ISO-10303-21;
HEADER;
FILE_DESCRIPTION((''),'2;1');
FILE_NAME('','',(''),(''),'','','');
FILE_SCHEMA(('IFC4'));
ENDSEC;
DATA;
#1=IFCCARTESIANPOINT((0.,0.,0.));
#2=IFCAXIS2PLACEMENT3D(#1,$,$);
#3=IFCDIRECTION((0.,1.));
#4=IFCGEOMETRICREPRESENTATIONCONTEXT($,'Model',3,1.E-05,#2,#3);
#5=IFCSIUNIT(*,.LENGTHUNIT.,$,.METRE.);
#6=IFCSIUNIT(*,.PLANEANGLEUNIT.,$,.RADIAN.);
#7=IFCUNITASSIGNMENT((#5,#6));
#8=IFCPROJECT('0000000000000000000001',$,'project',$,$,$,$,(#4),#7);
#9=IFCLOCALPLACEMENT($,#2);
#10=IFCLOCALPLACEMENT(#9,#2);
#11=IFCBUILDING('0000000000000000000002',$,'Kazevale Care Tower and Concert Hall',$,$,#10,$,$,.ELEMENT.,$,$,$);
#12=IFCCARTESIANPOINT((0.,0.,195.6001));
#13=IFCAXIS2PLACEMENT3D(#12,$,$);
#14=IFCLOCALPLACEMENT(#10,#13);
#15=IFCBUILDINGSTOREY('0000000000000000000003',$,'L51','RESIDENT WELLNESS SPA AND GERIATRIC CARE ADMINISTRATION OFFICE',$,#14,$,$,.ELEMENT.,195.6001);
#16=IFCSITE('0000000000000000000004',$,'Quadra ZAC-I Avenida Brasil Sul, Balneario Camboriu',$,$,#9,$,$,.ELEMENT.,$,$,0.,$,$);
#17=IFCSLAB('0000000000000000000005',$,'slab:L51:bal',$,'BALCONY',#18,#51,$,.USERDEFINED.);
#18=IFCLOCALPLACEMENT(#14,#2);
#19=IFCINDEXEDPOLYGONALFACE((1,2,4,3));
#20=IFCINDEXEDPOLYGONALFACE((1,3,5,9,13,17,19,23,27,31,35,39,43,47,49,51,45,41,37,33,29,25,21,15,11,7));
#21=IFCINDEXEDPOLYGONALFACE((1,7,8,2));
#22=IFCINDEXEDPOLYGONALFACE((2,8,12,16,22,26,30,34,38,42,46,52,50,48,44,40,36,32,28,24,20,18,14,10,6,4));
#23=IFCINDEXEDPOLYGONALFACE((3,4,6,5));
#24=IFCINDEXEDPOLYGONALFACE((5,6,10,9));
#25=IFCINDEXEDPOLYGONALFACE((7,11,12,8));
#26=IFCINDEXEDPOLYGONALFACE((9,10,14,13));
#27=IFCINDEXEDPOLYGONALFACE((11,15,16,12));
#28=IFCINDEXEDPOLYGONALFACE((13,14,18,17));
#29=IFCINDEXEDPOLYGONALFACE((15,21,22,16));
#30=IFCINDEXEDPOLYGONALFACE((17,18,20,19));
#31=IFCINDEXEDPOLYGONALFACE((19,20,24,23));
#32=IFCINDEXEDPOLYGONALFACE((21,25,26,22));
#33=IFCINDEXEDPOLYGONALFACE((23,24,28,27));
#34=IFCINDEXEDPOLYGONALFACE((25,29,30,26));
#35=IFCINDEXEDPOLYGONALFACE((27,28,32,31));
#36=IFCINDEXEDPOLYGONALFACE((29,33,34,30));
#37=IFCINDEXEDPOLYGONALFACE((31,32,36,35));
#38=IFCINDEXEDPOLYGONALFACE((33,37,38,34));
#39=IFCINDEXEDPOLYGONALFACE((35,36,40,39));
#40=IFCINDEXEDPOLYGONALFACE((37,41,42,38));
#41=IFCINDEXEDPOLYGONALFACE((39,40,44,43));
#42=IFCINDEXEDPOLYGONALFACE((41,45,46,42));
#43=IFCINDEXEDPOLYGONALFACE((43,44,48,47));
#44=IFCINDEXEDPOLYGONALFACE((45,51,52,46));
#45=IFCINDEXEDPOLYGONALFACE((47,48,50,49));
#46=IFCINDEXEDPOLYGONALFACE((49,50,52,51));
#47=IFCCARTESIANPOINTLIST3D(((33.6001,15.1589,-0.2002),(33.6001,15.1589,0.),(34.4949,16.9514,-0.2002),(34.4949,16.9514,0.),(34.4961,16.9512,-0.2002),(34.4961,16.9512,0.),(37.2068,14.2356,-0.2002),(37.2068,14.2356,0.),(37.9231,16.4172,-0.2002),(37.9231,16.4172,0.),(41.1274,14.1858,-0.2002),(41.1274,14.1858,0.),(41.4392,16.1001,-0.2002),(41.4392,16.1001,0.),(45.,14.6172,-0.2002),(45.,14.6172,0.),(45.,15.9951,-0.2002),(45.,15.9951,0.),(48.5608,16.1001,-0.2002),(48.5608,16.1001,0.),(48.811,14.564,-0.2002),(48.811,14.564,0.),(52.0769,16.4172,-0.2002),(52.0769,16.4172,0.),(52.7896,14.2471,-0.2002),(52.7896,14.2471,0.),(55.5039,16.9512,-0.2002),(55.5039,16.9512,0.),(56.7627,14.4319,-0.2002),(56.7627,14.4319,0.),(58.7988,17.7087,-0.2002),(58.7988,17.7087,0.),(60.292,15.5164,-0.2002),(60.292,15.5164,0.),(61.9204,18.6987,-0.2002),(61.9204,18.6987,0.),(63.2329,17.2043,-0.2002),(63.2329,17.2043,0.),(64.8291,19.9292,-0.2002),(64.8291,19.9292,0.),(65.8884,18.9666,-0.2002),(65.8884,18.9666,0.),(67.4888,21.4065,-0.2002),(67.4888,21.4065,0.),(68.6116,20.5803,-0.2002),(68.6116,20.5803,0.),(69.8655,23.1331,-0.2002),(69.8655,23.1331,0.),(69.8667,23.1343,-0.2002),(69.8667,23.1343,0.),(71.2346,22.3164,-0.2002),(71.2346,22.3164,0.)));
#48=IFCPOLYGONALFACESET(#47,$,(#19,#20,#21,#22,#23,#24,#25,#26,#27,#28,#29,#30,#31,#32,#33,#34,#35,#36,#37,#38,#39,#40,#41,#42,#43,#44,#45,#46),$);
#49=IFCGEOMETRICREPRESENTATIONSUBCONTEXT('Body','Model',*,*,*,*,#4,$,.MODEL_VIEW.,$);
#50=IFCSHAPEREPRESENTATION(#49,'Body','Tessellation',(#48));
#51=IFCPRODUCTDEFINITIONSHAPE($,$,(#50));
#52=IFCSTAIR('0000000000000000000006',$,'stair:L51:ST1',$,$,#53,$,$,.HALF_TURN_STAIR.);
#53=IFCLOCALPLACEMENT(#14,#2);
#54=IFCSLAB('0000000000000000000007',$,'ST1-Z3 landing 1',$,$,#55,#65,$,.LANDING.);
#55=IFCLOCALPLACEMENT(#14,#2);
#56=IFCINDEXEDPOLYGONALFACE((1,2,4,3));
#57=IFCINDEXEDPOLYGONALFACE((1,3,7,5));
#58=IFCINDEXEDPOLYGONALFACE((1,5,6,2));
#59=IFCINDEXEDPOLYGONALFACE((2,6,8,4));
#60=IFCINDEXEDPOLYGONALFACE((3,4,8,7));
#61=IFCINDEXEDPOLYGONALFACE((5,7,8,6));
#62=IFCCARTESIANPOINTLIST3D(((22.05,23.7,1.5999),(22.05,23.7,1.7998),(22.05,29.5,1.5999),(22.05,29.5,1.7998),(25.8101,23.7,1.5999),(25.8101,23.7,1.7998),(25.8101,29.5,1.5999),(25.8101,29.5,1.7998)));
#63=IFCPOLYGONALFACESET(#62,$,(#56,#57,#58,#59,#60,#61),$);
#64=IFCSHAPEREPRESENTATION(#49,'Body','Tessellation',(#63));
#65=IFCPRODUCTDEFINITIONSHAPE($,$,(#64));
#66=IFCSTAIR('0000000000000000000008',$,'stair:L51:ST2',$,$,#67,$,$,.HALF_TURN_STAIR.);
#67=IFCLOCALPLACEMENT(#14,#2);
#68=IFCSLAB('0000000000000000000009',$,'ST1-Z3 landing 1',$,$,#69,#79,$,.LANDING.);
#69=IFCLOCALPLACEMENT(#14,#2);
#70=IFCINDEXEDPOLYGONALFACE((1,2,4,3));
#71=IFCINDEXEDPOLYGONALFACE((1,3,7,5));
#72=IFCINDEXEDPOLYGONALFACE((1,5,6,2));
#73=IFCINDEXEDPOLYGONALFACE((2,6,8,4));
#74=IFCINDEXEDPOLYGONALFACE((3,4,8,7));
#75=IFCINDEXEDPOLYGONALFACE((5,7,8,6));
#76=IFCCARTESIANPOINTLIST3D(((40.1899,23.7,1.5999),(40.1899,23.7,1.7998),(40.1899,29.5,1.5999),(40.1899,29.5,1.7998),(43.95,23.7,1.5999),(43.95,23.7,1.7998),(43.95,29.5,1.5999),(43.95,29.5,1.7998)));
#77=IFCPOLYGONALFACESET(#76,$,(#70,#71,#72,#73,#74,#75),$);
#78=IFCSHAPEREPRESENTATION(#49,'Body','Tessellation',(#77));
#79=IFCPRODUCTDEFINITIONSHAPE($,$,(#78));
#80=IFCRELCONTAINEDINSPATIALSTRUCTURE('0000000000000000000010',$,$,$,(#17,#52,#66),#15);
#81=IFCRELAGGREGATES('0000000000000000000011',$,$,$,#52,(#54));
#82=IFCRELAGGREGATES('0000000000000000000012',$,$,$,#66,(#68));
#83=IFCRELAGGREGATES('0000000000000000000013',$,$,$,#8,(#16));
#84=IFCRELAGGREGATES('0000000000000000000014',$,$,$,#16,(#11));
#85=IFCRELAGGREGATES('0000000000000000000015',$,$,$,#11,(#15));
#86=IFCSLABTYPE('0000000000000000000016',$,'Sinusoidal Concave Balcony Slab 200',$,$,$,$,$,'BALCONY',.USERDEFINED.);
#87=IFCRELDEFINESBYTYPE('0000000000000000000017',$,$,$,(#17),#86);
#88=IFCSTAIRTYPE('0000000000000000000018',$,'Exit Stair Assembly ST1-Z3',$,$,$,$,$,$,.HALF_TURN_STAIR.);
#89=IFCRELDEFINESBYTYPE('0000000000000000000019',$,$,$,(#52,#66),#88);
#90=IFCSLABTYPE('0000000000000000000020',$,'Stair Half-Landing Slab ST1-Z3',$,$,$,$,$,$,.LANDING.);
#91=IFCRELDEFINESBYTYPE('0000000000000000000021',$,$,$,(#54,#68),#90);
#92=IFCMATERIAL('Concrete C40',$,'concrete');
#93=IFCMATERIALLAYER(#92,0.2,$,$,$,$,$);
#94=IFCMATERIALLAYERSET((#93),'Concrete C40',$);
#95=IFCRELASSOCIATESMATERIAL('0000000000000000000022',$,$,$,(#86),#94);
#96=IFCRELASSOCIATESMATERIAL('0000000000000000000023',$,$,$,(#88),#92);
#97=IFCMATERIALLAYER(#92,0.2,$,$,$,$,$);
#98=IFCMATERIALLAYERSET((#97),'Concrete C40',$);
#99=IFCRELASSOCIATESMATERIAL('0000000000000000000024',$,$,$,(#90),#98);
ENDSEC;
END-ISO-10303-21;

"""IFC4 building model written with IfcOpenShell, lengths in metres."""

from ifc_helpers import new_model, si_unit, direction, frame, origin, place, context, subcontext, project, spatial, polyline, outline, extrude, material, layer, layer_set, type_object, element, aggregate, save


model = new_model("IFC4")

# Units and contexts
model_context = context("Model", 3, precision=1e-05, world=origin(), true_north=direction((0.0, 1.0)))
body_context = subcontext(model_context, "Body", "Model", "MODEL_VIEW")
ifc_project = project(units=[si_unit("LENGTHUNIT", "METRE"), si_unit("PLANEANGLEUNIT", "RADIAN")], contexts=[model_context])

# Site, building, storey
site_placement = place(None, origin())
site = spatial("IfcSite", under=ifc_project, at=site_placement, Name="Quadra ZAC-I Avenida Brasil Sul, Balneario Camboriu", CompositionType="ELEMENT", RefElevation=0.0)
building_placement = place(site_placement, origin())
building = spatial("IfcBuilding", under=site, at=building_placement, Name="Kazevale Care Tower and Concert Hall", CompositionType="ELEMENT")
storey_placement = place(building_placement, frame((0.0, 0.0, 195.6001)))
storey = spatial("IfcBuildingStorey", under=building, at=storey_placement, Name="L51", Description="RESIDENT WELLNESS SPA AND GERIATRIC CARE ADMINISTRATION OFFICE", CompositionType="ELEMENT", Elevation=195.6001)

# Slab
ifc_material_1 = material(Name="Concrete C40", Category="concrete")
ifc_layer_1 = layer(ifc_material_1, 0.2)
ifc_layer_set_1 = layer_set([ifc_layer_1], Name="Concrete C40")
slab_type_1 = type_object("IfcSlabType", Name="Sinusoidal Concave Balcony Slab 200", ElementType="BALCONY", PredefinedType="USERDEFINED", material=ifc_layer_set_1)
slab_1_placement = place(storey_placement, frame((0.0, 0.0, -0.2002)))
element("IfcSlab", 1, at=slab_1_placement, inside=storey, type_object=slab_type_1, Name="slab:L51:bal", ObjectType="BALCONY", PredefinedType="USERDEFINED", context=body_context, shape_type="SweptSolid", body=[
    extrude(outline(polyline([(71.2346, 22.3164), (68.6116, 20.5803), (65.8884, 18.9666), (63.2329, 17.2043), (60.292, 15.5164), (56.7627, 14.4319), (52.7896, 14.2471), (48.811, 14.564), (45.0, 14.6172), (41.1274, 14.1858), (37.2068, 14.2356), (33.6001, 15.1589), (34.4949, 16.9514), (34.4961, 16.9512), (37.9231, 16.4172), (41.4392, 16.1001), (45.0, 15.9951), (48.5608, 16.1001), (52.0769, 16.4172), (55.5039, 16.9512), (58.7988, 17.7087), (61.9204, 18.6987), (64.8291, 19.9292), (67.4888, 21.4065), (69.8655, 23.1331), (69.8667, 23.1343), (71.2346, 22.3164)])), origin(), (0.0, 0.0, 1.0), 0.2002),
])

# Stairs, slabs
stair_type = type_object("IfcStairType", Name="Exit Stair Assembly ST1-Z3", PredefinedType="HALF_TURN_STAIR", material=ifc_material_1)
stair_1_placement = place(storey_placement, origin())
stair_1 = element("IfcStair", 2, at=stair_1_placement, inside=storey, type_object=stair_type, Name="stair:L51:ST1", PredefinedType="HALF_TURN_STAIR")
ifc_layer_2 = layer(ifc_material_1, 0.2)
ifc_layer_set_2 = layer_set([ifc_layer_2], Name="Concrete C40")
slab_type_2 = type_object("IfcSlabType", Name="Stair Half-Landing Slab ST1-Z3", PredefinedType="LANDING", material=ifc_layer_set_2)
slab_2_placement = place(storey_placement, frame((0.0, 0.0, 1.5999)))
slab_2 = element("IfcSlab", 3, at=slab_2_placement, type_object=slab_type_2, Name="ST1-Z3 landing 1", PredefinedType="LANDING", context=body_context, shape_type="SweptSolid", body=[
    extrude(outline(polyline([(22.05, 23.7), (25.8101, 23.7), (25.8101, 29.5), (22.05, 29.5), (22.05, 23.7)])), origin(), (0.0, 0.0, 1.0), 0.2),
])
aggregate(stair_1, [slab_2])
stair_2_placement = place(storey_placement, origin())
stair_2 = element("IfcStair", 4, at=stair_2_placement, inside=storey, type_object=stair_type, Name="stair:L51:ST2", PredefinedType="HALF_TURN_STAIR")
slab_3_placement = place(storey_placement, frame((0.0, 0.0, 1.5999)))
slab_3 = element("IfcSlab", 5, at=slab_3_placement, type_object=slab_type_2, Name="ST1-Z3 landing 1", PredefinedType="LANDING", context=body_context, shape_type="SweptSolid", body=[
    extrude(outline(polyline([(40.1899, 23.7), (43.95, 23.7), (43.95, 29.5), (40.1899, 29.5), (40.1899, 23.7)])), origin(), (0.0, 0.0, 1.0), 0.2),
])
aggregate(stair_2, [slab_3])

save(model, "model.ifc")
